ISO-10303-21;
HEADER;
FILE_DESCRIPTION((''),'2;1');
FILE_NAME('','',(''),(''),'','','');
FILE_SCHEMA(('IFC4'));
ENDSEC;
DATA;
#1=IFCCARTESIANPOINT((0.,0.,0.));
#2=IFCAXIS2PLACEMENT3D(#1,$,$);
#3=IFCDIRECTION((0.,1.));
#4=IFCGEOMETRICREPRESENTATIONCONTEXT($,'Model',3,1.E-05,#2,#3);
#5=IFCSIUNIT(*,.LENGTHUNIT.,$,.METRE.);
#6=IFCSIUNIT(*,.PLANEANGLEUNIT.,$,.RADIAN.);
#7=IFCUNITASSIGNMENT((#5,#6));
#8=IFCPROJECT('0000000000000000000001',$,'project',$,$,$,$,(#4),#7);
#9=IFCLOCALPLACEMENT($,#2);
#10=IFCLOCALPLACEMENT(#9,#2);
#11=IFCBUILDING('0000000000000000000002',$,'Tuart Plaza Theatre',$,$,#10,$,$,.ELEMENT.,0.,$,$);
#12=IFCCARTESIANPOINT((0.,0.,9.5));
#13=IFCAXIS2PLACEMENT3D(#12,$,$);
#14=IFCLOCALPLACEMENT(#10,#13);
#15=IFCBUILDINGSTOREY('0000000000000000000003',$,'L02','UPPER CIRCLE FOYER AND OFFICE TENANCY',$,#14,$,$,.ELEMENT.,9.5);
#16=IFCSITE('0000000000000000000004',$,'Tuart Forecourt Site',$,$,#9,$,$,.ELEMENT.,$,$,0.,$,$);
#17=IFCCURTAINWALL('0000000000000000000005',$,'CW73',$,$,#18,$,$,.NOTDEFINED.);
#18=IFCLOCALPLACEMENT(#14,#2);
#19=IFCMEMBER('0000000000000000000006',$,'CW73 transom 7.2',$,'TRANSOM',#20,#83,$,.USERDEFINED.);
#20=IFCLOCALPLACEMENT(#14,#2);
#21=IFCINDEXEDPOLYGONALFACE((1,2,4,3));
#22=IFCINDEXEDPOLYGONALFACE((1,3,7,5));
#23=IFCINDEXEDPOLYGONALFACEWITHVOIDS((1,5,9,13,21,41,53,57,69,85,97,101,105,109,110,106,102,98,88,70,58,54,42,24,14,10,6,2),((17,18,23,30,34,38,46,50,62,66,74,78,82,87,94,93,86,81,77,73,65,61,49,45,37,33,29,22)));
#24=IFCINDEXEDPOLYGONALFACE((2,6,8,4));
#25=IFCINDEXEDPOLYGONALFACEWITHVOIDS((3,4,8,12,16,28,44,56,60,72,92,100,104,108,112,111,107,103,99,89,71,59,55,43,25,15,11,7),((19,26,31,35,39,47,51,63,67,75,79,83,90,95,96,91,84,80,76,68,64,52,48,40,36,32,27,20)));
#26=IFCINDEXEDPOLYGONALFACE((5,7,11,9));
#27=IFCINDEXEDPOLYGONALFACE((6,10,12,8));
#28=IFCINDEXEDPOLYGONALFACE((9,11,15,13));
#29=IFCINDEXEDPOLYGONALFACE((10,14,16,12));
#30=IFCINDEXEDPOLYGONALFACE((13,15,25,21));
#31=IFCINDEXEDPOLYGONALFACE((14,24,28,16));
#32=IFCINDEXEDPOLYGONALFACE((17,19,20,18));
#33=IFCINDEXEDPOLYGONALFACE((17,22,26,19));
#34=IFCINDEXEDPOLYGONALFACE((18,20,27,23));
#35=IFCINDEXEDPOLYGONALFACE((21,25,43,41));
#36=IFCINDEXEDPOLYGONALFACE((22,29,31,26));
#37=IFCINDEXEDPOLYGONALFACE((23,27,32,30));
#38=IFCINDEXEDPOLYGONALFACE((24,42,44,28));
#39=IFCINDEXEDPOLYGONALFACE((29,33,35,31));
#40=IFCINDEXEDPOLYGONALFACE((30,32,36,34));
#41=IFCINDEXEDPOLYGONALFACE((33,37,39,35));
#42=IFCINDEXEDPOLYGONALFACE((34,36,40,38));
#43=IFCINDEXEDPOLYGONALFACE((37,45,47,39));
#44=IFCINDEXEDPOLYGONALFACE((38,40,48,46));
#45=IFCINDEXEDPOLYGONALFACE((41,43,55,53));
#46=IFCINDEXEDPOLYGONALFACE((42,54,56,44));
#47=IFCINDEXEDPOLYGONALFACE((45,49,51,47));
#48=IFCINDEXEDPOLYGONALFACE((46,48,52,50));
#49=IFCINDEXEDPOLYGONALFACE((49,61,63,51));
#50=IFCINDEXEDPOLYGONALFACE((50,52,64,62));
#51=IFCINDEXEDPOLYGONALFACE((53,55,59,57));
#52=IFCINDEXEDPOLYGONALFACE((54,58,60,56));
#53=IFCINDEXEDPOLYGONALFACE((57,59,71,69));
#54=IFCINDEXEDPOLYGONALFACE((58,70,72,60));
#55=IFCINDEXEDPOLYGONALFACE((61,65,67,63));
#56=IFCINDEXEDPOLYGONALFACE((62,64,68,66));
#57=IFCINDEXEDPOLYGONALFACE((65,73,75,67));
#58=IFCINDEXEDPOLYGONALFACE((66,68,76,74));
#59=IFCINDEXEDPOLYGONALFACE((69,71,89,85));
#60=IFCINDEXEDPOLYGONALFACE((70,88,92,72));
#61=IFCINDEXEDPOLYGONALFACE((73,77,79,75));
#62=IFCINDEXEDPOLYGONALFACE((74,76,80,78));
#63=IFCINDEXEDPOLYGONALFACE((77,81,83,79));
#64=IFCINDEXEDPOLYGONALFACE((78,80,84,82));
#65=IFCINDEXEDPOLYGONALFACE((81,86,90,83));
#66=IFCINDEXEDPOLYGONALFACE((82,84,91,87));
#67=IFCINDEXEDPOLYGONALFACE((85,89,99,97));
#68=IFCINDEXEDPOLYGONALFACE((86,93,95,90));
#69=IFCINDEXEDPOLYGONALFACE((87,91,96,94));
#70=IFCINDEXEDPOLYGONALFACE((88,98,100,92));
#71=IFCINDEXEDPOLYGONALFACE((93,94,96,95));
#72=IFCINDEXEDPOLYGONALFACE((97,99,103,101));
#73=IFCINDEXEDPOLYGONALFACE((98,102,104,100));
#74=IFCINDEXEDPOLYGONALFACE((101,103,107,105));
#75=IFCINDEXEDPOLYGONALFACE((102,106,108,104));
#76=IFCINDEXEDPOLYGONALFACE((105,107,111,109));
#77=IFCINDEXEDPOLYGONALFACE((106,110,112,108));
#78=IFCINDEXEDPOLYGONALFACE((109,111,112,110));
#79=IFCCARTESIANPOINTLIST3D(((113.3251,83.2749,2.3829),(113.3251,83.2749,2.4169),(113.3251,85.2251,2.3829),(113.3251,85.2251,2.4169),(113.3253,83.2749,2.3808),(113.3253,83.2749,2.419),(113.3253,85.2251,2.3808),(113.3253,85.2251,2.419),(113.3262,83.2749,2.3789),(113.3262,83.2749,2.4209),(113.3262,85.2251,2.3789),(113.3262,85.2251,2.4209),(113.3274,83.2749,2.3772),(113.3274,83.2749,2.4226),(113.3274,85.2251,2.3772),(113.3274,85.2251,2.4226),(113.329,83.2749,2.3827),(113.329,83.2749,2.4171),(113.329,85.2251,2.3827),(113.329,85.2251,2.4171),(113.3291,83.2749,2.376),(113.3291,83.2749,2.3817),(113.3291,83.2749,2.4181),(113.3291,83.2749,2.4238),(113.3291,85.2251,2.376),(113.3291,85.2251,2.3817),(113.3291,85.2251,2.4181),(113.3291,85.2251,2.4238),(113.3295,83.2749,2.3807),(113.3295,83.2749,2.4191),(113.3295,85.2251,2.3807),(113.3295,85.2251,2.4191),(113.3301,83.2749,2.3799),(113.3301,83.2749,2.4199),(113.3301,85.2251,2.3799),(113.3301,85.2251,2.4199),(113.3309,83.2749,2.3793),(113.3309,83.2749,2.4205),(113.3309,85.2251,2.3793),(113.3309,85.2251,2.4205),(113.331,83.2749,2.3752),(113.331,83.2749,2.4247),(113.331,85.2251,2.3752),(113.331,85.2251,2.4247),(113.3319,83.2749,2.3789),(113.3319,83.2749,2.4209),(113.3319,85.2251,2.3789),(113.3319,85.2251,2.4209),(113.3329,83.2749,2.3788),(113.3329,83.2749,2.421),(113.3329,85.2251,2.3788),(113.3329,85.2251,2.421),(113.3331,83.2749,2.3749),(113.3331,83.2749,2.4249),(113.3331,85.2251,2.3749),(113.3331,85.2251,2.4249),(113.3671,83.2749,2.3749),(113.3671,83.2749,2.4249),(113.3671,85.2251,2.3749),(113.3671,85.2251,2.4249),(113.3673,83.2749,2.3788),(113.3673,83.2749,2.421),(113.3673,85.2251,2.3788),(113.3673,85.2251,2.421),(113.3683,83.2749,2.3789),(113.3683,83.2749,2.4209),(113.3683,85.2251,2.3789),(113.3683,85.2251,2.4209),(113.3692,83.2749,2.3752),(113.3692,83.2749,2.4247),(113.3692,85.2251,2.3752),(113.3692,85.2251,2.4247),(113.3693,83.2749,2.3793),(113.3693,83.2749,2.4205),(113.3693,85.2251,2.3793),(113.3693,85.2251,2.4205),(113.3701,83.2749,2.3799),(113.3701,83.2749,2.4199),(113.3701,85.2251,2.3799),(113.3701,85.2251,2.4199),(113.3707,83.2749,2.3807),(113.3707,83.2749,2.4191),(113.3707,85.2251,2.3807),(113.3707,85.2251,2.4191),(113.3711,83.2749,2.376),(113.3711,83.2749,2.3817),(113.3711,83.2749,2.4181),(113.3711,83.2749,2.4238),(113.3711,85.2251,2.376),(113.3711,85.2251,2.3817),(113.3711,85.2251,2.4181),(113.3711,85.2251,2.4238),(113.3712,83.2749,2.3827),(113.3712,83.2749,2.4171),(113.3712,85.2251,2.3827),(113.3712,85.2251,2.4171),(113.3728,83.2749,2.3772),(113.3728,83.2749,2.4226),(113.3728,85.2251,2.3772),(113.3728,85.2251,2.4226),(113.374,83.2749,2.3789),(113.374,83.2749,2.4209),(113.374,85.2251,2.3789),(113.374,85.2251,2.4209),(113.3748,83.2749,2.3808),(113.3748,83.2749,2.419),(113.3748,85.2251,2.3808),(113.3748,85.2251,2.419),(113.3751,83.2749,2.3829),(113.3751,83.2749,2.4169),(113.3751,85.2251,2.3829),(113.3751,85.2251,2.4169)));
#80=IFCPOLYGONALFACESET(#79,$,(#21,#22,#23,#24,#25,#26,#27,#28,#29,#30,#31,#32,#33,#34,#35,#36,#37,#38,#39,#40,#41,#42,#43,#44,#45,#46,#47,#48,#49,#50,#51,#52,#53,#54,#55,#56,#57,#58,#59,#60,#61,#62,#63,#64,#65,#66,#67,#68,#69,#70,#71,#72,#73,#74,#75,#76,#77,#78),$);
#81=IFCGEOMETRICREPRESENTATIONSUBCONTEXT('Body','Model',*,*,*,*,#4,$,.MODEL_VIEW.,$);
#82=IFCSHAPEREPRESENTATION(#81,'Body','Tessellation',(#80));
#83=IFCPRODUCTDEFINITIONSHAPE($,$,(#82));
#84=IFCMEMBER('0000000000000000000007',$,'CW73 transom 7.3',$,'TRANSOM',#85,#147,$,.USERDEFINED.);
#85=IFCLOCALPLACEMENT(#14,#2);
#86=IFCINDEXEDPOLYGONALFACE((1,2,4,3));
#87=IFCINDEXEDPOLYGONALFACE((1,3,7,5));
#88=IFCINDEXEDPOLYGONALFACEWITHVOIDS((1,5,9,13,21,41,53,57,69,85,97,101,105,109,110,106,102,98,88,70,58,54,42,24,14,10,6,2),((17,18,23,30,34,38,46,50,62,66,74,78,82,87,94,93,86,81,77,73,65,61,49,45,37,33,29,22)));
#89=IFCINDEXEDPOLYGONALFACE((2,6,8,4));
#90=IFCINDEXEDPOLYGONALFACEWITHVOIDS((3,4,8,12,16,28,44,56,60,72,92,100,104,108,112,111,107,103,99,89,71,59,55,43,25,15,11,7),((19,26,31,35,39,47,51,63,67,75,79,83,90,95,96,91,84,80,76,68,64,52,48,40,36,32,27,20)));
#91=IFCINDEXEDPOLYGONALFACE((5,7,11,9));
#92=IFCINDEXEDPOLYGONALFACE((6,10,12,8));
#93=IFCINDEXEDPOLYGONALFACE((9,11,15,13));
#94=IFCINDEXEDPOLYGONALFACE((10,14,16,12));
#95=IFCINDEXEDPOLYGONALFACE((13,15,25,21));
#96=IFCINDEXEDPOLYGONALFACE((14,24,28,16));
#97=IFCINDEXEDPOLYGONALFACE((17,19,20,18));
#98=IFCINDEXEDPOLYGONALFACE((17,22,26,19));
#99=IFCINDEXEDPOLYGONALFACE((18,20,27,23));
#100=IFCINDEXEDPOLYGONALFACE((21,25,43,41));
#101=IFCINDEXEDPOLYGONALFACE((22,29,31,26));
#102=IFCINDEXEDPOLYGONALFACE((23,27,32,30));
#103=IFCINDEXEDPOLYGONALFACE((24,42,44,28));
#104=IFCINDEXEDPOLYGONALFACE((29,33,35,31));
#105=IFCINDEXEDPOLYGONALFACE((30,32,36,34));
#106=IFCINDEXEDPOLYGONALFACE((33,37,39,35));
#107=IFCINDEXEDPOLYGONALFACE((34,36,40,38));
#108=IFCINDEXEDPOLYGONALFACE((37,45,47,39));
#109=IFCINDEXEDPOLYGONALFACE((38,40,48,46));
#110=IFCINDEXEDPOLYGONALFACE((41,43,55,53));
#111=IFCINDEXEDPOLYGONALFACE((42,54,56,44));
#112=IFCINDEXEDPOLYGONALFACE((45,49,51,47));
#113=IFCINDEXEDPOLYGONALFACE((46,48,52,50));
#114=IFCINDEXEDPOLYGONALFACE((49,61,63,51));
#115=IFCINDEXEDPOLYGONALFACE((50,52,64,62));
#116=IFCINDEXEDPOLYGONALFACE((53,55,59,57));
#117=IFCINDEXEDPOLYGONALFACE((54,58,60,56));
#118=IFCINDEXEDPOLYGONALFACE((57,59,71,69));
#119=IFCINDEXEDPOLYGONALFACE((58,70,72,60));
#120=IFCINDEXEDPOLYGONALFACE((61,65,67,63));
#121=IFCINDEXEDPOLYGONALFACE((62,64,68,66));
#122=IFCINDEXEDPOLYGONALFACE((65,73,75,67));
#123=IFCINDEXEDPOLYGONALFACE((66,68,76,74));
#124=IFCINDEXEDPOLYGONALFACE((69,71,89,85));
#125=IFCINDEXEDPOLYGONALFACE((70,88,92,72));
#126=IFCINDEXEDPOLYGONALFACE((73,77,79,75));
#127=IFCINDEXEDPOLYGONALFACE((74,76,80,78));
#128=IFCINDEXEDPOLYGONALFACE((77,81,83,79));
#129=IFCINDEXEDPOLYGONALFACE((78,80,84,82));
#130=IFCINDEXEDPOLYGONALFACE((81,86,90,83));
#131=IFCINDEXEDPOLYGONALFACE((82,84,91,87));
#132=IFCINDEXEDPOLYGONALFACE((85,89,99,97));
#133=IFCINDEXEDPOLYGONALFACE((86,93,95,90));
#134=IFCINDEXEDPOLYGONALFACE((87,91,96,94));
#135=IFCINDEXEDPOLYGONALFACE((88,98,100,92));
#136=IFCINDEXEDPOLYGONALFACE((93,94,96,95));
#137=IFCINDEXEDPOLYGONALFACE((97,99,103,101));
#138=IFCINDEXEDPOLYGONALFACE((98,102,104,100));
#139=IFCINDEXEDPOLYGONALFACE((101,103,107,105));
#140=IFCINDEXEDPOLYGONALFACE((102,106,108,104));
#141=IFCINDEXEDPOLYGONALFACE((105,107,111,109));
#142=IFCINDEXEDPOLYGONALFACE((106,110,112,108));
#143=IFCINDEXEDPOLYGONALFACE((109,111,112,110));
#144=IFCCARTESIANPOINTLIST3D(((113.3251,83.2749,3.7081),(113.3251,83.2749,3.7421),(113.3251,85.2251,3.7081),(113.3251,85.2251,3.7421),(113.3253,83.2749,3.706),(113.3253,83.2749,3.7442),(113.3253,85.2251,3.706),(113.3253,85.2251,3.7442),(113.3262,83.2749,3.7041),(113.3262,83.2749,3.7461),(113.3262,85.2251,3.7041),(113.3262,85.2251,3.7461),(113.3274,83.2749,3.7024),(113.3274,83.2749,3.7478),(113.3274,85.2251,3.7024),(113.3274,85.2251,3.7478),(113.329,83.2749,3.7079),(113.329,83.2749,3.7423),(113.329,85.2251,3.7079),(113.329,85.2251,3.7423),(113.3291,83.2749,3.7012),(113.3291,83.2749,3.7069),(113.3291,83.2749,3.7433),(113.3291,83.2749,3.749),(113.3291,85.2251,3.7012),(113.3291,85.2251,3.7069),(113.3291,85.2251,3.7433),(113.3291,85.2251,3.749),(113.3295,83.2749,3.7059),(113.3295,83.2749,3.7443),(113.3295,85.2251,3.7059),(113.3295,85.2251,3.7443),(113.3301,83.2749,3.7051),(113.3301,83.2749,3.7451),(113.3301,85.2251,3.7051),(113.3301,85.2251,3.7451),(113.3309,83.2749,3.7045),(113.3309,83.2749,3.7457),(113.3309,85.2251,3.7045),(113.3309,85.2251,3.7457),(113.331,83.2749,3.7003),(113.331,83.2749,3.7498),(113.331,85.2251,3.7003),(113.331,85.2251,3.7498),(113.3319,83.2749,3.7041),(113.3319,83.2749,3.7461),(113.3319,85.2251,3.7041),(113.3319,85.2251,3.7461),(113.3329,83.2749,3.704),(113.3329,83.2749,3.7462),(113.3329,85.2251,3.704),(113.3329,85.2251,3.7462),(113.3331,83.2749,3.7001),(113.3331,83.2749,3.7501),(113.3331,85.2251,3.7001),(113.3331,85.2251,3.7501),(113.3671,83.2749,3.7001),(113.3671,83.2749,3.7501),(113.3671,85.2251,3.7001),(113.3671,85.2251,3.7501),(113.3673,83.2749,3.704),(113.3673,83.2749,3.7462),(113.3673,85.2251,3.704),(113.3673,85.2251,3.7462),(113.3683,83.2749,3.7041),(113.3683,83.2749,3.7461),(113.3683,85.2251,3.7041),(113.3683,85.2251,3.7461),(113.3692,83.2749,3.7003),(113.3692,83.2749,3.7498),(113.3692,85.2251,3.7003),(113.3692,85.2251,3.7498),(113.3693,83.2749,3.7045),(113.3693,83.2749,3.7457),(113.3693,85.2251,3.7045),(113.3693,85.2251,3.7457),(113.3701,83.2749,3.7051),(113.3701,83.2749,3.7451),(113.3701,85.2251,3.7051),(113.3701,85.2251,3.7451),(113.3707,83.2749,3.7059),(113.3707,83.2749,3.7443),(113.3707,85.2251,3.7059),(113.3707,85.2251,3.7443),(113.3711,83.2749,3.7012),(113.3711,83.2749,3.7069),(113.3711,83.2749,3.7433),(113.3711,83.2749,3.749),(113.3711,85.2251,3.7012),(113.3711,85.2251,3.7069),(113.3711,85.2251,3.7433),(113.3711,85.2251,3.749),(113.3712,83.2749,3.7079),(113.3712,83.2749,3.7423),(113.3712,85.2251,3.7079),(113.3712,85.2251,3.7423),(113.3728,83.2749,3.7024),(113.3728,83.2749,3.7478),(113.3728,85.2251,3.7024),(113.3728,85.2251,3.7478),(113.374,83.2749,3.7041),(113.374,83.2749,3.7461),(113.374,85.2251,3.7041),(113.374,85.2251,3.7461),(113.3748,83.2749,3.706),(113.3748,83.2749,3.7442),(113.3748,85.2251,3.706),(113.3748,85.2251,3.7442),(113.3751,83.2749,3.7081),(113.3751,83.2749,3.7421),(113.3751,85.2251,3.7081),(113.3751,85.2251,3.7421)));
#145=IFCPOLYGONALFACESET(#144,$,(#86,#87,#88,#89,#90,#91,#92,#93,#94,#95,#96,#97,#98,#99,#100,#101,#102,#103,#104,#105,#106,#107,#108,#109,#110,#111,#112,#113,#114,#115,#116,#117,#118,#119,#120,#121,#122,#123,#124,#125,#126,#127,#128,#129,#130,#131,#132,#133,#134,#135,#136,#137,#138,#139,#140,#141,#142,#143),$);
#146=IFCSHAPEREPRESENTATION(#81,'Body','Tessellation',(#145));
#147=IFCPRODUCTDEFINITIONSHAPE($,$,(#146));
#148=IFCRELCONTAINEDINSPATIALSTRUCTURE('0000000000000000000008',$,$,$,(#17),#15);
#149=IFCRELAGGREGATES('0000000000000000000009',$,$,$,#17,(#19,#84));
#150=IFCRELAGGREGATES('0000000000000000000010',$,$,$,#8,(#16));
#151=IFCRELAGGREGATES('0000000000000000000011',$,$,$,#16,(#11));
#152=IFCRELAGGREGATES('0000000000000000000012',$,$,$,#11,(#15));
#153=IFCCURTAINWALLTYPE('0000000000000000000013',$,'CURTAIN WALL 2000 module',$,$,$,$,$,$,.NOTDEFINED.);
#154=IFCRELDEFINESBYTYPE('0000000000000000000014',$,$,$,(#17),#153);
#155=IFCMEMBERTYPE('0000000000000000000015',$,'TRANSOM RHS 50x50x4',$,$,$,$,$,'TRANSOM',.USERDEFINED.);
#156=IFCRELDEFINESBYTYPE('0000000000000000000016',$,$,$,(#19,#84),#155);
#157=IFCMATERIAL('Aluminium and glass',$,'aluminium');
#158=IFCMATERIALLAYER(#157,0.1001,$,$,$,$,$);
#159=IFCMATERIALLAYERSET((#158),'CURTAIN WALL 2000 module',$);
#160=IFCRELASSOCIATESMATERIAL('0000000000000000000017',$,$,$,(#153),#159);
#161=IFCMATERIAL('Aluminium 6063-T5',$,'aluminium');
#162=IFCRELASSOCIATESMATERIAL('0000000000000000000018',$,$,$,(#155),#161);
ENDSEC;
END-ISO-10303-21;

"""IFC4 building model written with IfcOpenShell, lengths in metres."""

from ifc_helpers import new_model, si_unit, direction, frame, origin, origin_2d, place, context, subcontext, project, spatial, hollow_rectangle, extrude, material, layer, layer_set, material_profile, profile_set, type_object, element, aggregate, save


model = new_model("IFC4")

# Units and contexts
model_context = context("Model", 3, precision=1e-05, world=origin(), true_north=direction((0.0, 1.0)))
body_context = subcontext(model_context, "Body", "Model", "MODEL_VIEW")
ifc_project = project(units=[si_unit("LENGTHUNIT", "METRE"), si_unit("PLANEANGLEUNIT", "RADIAN")], contexts=[model_context])

# Site, building, storey
site_placement = place(None, origin())
site = spatial("IfcSite", under=ifc_project, at=site_placement, Name="Tuart Forecourt Site", CompositionType="ELEMENT", RefElevation=0.0)
building_placement = place(site_placement, origin())
building = spatial("IfcBuilding", under=site, at=building_placement, Name="Tuart Plaza Theatre", CompositionType="ELEMENT", ElevationOfRefHeight=0.0)
storey_placement = place(building_placement, frame((0.0, 0.0, 9.5)))
storey = spatial("IfcBuildingStorey", under=building, at=storey_placement, Name="L02", Description="UPPER CIRCLE FOYER AND OFFICE TENANCY", CompositionType="ELEMENT", Elevation=9.5)

# Curtain wall, members
ifc_material_1 = material(Name="Aluminium and glass", Category="aluminium")
ifc_layer_1 = layer(ifc_material_1, 0.1001)
ifc_layer_set_1 = layer_set([ifc_layer_1], Name="CURTAIN WALL 2000 module")
curtain_wall_type = type_object("IfcCurtainWallType", Name="CURTAIN WALL 2000 module", PredefinedType="NOTDEFINED", material=ifc_layer_set_1)
curtain_wall_placement = place(storey_placement, origin())
curtain_wall = element("IfcCurtainWall", 1, at=curtain_wall_placement, inside=storey, type_object=curtain_wall_type, Name="CW73", PredefinedType="NOTDEFINED")
ifc_material_2 = material(Name="Aluminium 6063-T5", Category="aluminium")
ifc_material_profile_1 = material_profile(ifc_material_2, hollow_rectangle(XDim=0.05, YDim=0.05, WallThickness=0.0039, InnerFilletRadius=0.0039, OuterFilletRadius=0.0081, at=origin_2d()), Name="RHS 50x50x4")
ifc_profile_set_1 = profile_set([ifc_material_profile_1], Name="Aluminium 6063-T5")
member_type_1 = type_object("IfcMemberType", Name="TRANSOM RHS 50x50x4", ElementType="TRANSOM", PredefinedType="USERDEFINED", material=ifc_profile_set_1)
member_1_placement = place(storey_placement, frame((113.3501, 85.2251, 2.3999), z_axis=(0.0, -1.0, 0.0), x_axis=(1.0, 0.0, 0.0)))
member_1 = element("IfcMember", 2, at=member_1_placement, type_object=member_type_1, Name="CW73 transom 7.2", ObjectType="TRANSOM", PredefinedType="USERDEFINED", context=body_context, shape_type="SweptSolid", body=[
    extrude(hollow_rectangle(XDim=0.05, YDim=0.05, WallThickness=0.0039, InnerFilletRadius=0.0039, OuterFilletRadius=0.0081, at=origin_2d()), origin(), (0.0, 0.0, 1.0), 1.9502),
])
member_2_placement = place(storey_placement, frame((113.3501, 85.2251, 3.7251), z_axis=(0.0, -1.0, 0.0), x_axis=(1.0, 0.0, 0.0)))
member_2 = element("IfcMember", 3, at=member_2_placement, type_object=member_type_1, Name="CW73 transom 7.3", ObjectType="TRANSOM", PredefinedType="USERDEFINED", context=body_context, shape_type="SweptSolid", body=[
    extrude(hollow_rectangle(XDim=0.05, YDim=0.05, WallThickness=0.0039, InnerFilletRadius=0.0039, OuterFilletRadius=0.0081, at=origin_2d()), origin(), (0.0, 0.0, 1.0), 1.9502),
])
aggregate(curtain_wall, [member_1, member_2])

save(model, "model.ifc")
